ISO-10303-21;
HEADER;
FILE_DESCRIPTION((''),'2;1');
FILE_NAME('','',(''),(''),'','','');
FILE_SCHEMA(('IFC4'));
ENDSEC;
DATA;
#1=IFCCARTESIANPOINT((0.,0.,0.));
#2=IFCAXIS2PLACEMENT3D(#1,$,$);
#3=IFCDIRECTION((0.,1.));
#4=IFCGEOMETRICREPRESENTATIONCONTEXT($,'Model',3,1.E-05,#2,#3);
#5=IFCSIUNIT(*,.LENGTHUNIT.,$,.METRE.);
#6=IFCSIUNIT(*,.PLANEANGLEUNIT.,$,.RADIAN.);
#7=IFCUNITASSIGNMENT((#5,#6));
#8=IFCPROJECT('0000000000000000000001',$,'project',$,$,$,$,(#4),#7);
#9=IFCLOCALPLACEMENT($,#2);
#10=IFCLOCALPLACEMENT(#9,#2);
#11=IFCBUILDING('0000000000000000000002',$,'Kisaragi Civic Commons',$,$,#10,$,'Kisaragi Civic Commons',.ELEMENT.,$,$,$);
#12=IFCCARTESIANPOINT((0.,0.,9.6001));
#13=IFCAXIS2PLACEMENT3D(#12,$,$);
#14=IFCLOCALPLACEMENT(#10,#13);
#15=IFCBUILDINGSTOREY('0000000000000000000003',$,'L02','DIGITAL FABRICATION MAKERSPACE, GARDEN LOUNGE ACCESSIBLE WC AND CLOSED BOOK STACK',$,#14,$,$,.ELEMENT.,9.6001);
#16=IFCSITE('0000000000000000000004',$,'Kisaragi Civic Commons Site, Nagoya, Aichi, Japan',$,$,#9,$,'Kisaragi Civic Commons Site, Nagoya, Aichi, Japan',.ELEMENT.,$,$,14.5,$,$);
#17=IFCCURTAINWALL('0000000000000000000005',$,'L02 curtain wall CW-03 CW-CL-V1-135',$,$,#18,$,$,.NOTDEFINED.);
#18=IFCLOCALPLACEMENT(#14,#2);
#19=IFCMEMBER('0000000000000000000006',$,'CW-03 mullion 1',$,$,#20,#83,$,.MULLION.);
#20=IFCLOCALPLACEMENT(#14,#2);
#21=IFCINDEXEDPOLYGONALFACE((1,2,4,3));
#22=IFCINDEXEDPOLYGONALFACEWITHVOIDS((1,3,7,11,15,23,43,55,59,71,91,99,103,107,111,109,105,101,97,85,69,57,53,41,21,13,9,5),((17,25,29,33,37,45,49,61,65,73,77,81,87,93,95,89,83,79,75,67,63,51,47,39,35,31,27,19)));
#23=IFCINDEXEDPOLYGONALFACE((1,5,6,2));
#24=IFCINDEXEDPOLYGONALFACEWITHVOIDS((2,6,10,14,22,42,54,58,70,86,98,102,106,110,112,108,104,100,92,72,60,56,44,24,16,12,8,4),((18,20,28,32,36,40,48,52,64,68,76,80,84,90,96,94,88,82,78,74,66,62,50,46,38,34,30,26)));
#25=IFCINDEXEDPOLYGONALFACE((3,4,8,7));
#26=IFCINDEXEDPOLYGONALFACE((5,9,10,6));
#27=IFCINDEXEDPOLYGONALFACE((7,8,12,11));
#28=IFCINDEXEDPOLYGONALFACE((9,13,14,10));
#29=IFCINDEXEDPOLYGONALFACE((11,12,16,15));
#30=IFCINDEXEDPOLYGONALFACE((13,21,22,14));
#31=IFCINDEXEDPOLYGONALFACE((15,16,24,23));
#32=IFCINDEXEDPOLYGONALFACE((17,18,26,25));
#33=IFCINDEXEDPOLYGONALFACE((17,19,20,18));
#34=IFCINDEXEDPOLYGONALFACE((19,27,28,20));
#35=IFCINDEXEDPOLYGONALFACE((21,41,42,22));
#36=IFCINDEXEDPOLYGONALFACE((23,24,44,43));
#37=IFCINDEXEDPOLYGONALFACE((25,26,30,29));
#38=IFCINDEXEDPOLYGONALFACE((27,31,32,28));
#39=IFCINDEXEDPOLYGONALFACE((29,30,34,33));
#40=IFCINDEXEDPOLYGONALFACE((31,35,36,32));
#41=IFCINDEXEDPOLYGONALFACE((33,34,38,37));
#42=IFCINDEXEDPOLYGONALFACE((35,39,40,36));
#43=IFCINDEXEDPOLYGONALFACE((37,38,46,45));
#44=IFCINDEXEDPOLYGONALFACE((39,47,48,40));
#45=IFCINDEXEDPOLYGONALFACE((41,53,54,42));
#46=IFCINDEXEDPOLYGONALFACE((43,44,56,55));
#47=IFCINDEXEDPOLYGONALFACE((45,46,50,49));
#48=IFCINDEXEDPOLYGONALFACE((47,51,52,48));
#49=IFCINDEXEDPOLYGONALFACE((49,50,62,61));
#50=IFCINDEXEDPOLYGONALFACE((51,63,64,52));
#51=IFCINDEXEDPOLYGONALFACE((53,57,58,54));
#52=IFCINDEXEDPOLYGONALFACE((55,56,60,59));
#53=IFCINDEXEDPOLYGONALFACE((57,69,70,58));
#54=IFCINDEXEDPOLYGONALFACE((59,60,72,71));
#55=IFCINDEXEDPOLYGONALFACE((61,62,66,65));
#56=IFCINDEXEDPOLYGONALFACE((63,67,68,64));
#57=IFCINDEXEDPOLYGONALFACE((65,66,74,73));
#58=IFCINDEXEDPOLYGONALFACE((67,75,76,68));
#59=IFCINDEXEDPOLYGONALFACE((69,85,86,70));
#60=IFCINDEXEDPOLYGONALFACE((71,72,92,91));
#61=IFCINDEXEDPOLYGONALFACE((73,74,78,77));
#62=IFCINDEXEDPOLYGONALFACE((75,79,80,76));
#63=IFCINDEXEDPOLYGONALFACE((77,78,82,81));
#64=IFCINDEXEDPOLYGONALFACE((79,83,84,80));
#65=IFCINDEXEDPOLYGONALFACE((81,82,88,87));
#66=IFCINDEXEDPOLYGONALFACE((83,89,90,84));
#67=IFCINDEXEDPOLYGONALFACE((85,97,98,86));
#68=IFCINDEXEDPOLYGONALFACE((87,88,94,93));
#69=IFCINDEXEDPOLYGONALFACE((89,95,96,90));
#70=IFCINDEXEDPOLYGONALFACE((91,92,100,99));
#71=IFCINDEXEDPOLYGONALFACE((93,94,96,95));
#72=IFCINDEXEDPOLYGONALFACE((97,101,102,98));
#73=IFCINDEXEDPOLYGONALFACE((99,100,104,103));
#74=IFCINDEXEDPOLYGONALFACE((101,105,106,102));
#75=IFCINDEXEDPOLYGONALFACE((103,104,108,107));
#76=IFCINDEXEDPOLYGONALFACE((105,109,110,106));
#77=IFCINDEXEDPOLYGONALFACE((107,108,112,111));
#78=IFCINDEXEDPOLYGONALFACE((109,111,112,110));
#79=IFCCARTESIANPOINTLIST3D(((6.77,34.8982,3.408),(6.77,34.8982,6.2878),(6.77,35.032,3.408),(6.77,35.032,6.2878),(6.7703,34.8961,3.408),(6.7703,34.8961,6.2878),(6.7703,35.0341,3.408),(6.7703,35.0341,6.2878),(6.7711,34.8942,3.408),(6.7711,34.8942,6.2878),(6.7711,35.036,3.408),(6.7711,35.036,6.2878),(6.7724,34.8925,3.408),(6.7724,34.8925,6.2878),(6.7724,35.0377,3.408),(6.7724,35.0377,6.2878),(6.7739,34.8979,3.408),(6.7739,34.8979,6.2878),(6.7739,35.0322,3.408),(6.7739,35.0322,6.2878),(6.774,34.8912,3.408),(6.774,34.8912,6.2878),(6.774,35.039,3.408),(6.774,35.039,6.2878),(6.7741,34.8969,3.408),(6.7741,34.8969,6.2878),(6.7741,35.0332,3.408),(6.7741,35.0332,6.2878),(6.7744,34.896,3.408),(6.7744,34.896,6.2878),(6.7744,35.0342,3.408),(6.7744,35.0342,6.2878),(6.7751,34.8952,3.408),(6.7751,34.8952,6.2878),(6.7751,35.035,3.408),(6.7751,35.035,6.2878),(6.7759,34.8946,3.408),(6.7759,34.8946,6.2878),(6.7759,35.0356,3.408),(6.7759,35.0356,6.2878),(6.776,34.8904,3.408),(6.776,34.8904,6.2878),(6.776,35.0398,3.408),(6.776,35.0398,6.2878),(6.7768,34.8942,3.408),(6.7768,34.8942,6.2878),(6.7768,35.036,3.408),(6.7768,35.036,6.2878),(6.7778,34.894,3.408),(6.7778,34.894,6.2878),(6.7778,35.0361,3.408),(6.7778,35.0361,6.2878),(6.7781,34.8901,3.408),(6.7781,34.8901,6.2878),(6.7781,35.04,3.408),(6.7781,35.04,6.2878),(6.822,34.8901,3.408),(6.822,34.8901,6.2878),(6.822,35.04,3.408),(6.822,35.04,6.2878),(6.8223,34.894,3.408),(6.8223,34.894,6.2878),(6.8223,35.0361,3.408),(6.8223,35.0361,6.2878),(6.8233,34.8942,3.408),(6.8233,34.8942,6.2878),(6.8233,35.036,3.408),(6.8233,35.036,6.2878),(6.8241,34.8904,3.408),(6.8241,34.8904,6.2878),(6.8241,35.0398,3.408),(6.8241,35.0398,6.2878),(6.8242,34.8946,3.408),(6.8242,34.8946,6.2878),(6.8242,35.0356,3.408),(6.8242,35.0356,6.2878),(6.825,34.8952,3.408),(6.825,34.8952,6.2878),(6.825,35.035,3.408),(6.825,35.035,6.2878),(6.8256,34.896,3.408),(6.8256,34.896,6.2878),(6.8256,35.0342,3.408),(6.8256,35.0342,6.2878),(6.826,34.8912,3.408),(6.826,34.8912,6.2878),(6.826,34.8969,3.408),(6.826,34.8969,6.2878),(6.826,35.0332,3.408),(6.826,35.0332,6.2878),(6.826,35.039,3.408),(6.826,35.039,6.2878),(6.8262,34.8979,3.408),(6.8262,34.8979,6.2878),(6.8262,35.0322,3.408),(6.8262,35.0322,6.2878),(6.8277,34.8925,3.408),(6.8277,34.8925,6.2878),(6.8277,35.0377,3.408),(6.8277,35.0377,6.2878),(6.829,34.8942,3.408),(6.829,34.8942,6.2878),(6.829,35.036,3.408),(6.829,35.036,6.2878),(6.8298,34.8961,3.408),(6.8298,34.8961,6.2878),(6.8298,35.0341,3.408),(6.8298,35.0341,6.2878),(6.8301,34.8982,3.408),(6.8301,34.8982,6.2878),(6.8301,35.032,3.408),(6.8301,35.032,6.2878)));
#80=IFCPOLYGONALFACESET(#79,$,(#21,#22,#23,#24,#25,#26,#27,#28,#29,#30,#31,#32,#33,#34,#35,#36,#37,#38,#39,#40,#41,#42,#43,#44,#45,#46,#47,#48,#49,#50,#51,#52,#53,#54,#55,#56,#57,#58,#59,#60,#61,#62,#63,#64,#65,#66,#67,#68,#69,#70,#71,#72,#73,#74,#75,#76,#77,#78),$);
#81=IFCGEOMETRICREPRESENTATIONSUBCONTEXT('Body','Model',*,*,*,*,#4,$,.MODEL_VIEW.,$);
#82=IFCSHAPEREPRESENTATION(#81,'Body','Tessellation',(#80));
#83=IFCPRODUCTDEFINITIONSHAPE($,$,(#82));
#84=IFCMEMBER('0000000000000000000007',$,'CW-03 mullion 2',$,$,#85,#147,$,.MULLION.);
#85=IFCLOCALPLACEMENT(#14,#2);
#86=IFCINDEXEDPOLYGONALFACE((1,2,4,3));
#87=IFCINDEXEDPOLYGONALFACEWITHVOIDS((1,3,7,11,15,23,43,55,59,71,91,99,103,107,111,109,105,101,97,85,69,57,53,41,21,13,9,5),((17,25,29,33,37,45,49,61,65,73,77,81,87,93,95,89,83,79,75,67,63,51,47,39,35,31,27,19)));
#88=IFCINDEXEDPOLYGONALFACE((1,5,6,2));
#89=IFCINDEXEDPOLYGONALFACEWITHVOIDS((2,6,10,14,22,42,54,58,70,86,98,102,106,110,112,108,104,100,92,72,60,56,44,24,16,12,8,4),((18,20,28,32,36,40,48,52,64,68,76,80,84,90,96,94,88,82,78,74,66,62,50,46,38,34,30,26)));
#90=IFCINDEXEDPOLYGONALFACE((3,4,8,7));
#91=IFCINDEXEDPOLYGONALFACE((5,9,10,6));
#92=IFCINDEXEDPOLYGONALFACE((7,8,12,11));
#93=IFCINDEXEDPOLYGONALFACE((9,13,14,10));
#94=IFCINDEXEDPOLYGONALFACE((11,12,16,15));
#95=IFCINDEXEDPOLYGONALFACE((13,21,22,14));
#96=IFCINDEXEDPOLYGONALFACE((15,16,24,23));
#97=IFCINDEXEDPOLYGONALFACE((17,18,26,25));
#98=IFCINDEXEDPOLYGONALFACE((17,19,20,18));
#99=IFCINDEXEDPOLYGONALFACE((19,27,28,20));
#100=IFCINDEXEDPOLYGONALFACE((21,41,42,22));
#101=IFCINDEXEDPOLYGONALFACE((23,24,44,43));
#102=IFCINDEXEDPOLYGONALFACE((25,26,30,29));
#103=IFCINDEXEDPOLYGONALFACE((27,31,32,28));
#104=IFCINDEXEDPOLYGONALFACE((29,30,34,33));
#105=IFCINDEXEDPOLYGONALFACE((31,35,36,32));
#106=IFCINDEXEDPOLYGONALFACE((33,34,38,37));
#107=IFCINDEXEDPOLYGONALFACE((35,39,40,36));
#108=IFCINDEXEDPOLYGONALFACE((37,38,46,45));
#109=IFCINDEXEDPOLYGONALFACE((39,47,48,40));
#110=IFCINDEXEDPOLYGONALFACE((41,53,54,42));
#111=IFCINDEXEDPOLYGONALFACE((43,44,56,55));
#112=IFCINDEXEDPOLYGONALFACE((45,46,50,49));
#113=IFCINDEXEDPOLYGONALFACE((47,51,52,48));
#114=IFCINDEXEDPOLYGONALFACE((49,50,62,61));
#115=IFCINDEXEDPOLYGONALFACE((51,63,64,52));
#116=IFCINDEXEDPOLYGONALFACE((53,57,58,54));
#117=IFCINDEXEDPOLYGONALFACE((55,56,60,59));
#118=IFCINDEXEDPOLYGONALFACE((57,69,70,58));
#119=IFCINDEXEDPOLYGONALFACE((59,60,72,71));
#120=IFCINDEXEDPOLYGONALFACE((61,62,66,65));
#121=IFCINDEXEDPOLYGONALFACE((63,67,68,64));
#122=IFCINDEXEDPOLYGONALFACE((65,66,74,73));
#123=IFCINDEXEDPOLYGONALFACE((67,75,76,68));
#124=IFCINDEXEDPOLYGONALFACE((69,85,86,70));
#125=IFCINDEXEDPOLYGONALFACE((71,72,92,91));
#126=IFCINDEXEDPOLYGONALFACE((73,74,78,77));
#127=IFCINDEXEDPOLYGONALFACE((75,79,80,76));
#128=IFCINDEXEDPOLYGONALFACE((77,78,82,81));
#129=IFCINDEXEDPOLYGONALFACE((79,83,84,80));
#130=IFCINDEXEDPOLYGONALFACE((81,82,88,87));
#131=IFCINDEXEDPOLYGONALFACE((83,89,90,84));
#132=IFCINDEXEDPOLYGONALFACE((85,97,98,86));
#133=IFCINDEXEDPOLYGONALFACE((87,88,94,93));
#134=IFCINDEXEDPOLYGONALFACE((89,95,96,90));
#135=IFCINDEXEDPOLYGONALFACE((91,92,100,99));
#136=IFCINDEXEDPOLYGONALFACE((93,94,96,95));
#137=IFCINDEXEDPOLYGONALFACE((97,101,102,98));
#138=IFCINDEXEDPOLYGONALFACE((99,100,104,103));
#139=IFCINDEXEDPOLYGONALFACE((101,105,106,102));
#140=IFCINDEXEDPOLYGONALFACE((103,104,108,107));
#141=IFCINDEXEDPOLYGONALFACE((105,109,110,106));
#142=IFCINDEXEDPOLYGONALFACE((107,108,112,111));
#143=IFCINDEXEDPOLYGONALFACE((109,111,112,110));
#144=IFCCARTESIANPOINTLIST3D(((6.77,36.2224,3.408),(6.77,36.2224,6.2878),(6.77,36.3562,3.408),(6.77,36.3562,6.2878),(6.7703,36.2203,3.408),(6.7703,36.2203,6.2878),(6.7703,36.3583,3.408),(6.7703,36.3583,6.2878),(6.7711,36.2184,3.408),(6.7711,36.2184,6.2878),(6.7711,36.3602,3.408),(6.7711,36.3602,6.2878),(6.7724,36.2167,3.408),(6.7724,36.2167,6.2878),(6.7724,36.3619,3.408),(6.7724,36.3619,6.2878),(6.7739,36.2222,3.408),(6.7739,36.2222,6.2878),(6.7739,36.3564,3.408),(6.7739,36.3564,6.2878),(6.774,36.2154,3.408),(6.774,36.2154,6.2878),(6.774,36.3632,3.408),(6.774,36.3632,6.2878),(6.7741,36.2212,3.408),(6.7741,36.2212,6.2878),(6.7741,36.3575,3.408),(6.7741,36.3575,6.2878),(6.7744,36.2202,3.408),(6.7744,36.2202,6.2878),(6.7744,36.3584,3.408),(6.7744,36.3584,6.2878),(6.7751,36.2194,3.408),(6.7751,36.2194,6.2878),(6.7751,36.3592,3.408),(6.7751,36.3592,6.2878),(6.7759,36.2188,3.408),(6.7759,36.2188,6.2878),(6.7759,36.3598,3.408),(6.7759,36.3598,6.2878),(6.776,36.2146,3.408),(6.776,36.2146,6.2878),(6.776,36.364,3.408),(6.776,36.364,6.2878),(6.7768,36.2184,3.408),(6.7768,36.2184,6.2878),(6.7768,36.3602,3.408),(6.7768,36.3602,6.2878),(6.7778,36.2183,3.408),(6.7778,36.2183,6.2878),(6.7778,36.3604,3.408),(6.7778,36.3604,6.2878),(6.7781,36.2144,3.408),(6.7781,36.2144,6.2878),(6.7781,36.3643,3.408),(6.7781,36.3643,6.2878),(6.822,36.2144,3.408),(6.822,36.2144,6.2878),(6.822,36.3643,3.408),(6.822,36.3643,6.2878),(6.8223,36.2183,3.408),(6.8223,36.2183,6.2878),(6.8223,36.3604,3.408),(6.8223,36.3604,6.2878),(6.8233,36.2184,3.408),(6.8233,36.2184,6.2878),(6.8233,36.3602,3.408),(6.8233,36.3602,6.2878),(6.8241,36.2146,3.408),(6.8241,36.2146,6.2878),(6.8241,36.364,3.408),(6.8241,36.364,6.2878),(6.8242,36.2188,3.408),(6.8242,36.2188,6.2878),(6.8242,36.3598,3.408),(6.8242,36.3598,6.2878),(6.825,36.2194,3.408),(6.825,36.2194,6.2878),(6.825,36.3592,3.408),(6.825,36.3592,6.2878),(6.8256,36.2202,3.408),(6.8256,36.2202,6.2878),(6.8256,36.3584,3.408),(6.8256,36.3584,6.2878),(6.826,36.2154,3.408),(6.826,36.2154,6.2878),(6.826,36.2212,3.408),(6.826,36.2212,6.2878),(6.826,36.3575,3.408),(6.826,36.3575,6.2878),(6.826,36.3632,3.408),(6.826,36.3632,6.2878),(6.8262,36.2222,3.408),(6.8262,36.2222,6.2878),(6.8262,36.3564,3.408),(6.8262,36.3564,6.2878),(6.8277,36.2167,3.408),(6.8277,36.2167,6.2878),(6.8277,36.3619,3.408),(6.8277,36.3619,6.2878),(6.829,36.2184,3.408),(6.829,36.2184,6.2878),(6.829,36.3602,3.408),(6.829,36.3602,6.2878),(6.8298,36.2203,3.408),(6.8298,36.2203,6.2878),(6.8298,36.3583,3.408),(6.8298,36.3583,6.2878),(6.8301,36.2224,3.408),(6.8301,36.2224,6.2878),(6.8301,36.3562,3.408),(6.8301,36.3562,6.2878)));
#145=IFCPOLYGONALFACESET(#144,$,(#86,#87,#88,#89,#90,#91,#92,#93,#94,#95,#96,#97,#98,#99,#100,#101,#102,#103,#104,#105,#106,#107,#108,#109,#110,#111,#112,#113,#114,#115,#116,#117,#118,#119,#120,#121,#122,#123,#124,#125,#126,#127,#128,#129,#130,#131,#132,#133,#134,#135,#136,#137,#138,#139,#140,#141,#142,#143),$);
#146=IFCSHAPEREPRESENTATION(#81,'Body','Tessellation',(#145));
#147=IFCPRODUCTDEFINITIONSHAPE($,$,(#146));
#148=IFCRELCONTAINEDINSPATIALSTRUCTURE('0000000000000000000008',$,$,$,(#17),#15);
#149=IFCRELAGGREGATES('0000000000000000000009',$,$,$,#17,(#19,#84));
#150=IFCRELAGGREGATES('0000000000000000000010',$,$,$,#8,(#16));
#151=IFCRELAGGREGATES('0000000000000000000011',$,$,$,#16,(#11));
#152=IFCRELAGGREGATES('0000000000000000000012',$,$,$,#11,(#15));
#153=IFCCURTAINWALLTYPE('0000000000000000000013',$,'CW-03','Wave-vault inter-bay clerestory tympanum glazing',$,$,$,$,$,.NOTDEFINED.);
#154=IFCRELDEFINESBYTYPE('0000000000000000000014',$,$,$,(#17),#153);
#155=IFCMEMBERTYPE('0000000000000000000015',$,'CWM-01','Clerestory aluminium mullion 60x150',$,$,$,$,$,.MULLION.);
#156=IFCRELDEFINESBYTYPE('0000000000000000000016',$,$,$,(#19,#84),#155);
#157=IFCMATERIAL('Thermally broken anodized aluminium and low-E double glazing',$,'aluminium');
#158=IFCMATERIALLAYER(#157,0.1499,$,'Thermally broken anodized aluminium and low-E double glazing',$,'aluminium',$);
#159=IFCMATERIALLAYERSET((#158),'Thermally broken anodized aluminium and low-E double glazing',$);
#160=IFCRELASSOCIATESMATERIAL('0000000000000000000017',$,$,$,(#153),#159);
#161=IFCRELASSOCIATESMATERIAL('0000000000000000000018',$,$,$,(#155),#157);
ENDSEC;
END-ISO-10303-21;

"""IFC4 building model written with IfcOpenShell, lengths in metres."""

from ifc_helpers import new_model, si_unit, direction, frame, origin, origin_2d, place, context, subcontext, project, spatial, hollow_rectangle, extrude, material, layer, layer_set, material_profile, profile_set, type_object, element, aggregate, save


model = new_model("IFC4")

# Units and contexts
model_context = context("Model", 3, precision=1e-05, world=origin(), true_north=direction((0.0, 1.0)))
body_context = subcontext(model_context, "Body", "Model", "MODEL_VIEW")
ifc_project = project(units=[si_unit("LENGTHUNIT", "METRE"), si_unit("PLANEANGLEUNIT", "RADIAN")], contexts=[model_context])

# Site, building, storey
site_placement = place(None, origin())
site = spatial("IfcSite", under=ifc_project, at=site_placement, Name="Kisaragi Civic Commons Site, Nagoya, Aichi, Japan", LongName="Kisaragi Civic Commons Site, Nagoya, Aichi, Japan", CompositionType="ELEMENT", RefElevation=14.5)
building_placement = place(site_placement, origin())
building = spatial("IfcBuilding", under=site, at=building_placement, Name="Kisaragi Civic Commons", LongName="Kisaragi Civic Commons", CompositionType="ELEMENT")
storey_placement = place(building_placement, frame((0.0, 0.0, 9.6001)))
storey = spatial("IfcBuildingStorey", under=building, at=storey_placement, Name="L02", Description="DIGITAL FABRICATION MAKERSPACE, GARDEN LOUNGE ACCESSIBLE WC AND CLOSED BOOK STACK", CompositionType="ELEMENT", Elevation=9.6001)

# Shared definitions
ifc_material_1 = material(Name="Thermally broken anodized aluminium and low-E double glazing", Category="aluminium")
ifc_layer_1 = layer(ifc_material_1, 0.1499, Name="Thermally broken anodized aluminium and low-E double glazing", Category="aluminium")
ifc_layer_set_1 = layer_set([ifc_layer_1], Name="Thermally broken anodized aluminium and low-E double glazing")
curtain_wall_type = type_object("IfcCurtainWallType", Name="CW-03", Description="Wave-vault inter-bay clerestory tympanum glazing", PredefinedType="NOTDEFINED", material=ifc_layer_set_1)
ifc_material_profile_1 = material_profile(ifc_material_1, hollow_rectangle(XDim=0.0601, YDim=0.1499, WallThickness=0.0039, InnerFilletRadius=0.0039, OuterFilletRadius=0.0081, at=origin_2d()), Name="CWM-60x150x4", Category="aluminium")
ifc_profile_set_1 = profile_set([ifc_material_profile_1], Name="Thermally broken anodized aluminium and low-E double glazing")
member_type_1 = type_object("IfcMemberType", Name="CWM-01", Description="Clerestory aluminium mullion 60x150", PredefinedType="MULLION", material=ifc_profile_set_1)

# Curtain wall, members
curtain_wall_1_placement = place(storey_placement, origin())
curtain_wall_1 = element("IfcCurtainWall", 1, at=curtain_wall_1_placement, inside=storey, type_object=curtain_wall_type, Name="L02 curtain wall CW-03 CW-CL-V1-135", PredefinedType="NOTDEFINED")
member_1_placement = place(storey_placement, frame((6.8, 34.9651, 3.408), z_axis=(0.0, 0.0, 1.0), x_axis=(-1.0, 0.0, 0.0)))
member_1 = element("IfcMember", 2, at=member_1_placement, type_object=member_type_1, Name="CW-03 mullion 1", PredefinedType="MULLION", context=body_context, shape_type="SweptSolid", body=[
    extrude(hollow_rectangle(XDim=0.0601, YDim=0.1499, WallThickness=0.0039, InnerFilletRadius=0.0039, OuterFilletRadius=0.0081, at=origin_2d()), origin(), (0.0, 0.0, 1.0), 2.8799),
])
member_2_placement = place(storey_placement, frame((6.8, 36.2893, 3.408), z_axis=(0.0, 0.0, 1.0), x_axis=(-1.0, 0.0, 0.0)))
member_2 = element("IfcMember", 3, at=member_2_placement, type_object=member_type_1, Name="CW-03 mullion 2", PredefinedType="MULLION", context=body_context, shape_type="SweptSolid", body=[
    extrude(hollow_rectangle(XDim=0.0601, YDim=0.1499, WallThickness=0.0039, InnerFilletRadius=0.0039, OuterFilletRadius=0.0081, at=origin_2d()), origin(), (0.0, 0.0, 1.0), 2.8799),
])

aggregate(curtain_wall_1, [member_1, member_2])

save(model, "model.ifc")
